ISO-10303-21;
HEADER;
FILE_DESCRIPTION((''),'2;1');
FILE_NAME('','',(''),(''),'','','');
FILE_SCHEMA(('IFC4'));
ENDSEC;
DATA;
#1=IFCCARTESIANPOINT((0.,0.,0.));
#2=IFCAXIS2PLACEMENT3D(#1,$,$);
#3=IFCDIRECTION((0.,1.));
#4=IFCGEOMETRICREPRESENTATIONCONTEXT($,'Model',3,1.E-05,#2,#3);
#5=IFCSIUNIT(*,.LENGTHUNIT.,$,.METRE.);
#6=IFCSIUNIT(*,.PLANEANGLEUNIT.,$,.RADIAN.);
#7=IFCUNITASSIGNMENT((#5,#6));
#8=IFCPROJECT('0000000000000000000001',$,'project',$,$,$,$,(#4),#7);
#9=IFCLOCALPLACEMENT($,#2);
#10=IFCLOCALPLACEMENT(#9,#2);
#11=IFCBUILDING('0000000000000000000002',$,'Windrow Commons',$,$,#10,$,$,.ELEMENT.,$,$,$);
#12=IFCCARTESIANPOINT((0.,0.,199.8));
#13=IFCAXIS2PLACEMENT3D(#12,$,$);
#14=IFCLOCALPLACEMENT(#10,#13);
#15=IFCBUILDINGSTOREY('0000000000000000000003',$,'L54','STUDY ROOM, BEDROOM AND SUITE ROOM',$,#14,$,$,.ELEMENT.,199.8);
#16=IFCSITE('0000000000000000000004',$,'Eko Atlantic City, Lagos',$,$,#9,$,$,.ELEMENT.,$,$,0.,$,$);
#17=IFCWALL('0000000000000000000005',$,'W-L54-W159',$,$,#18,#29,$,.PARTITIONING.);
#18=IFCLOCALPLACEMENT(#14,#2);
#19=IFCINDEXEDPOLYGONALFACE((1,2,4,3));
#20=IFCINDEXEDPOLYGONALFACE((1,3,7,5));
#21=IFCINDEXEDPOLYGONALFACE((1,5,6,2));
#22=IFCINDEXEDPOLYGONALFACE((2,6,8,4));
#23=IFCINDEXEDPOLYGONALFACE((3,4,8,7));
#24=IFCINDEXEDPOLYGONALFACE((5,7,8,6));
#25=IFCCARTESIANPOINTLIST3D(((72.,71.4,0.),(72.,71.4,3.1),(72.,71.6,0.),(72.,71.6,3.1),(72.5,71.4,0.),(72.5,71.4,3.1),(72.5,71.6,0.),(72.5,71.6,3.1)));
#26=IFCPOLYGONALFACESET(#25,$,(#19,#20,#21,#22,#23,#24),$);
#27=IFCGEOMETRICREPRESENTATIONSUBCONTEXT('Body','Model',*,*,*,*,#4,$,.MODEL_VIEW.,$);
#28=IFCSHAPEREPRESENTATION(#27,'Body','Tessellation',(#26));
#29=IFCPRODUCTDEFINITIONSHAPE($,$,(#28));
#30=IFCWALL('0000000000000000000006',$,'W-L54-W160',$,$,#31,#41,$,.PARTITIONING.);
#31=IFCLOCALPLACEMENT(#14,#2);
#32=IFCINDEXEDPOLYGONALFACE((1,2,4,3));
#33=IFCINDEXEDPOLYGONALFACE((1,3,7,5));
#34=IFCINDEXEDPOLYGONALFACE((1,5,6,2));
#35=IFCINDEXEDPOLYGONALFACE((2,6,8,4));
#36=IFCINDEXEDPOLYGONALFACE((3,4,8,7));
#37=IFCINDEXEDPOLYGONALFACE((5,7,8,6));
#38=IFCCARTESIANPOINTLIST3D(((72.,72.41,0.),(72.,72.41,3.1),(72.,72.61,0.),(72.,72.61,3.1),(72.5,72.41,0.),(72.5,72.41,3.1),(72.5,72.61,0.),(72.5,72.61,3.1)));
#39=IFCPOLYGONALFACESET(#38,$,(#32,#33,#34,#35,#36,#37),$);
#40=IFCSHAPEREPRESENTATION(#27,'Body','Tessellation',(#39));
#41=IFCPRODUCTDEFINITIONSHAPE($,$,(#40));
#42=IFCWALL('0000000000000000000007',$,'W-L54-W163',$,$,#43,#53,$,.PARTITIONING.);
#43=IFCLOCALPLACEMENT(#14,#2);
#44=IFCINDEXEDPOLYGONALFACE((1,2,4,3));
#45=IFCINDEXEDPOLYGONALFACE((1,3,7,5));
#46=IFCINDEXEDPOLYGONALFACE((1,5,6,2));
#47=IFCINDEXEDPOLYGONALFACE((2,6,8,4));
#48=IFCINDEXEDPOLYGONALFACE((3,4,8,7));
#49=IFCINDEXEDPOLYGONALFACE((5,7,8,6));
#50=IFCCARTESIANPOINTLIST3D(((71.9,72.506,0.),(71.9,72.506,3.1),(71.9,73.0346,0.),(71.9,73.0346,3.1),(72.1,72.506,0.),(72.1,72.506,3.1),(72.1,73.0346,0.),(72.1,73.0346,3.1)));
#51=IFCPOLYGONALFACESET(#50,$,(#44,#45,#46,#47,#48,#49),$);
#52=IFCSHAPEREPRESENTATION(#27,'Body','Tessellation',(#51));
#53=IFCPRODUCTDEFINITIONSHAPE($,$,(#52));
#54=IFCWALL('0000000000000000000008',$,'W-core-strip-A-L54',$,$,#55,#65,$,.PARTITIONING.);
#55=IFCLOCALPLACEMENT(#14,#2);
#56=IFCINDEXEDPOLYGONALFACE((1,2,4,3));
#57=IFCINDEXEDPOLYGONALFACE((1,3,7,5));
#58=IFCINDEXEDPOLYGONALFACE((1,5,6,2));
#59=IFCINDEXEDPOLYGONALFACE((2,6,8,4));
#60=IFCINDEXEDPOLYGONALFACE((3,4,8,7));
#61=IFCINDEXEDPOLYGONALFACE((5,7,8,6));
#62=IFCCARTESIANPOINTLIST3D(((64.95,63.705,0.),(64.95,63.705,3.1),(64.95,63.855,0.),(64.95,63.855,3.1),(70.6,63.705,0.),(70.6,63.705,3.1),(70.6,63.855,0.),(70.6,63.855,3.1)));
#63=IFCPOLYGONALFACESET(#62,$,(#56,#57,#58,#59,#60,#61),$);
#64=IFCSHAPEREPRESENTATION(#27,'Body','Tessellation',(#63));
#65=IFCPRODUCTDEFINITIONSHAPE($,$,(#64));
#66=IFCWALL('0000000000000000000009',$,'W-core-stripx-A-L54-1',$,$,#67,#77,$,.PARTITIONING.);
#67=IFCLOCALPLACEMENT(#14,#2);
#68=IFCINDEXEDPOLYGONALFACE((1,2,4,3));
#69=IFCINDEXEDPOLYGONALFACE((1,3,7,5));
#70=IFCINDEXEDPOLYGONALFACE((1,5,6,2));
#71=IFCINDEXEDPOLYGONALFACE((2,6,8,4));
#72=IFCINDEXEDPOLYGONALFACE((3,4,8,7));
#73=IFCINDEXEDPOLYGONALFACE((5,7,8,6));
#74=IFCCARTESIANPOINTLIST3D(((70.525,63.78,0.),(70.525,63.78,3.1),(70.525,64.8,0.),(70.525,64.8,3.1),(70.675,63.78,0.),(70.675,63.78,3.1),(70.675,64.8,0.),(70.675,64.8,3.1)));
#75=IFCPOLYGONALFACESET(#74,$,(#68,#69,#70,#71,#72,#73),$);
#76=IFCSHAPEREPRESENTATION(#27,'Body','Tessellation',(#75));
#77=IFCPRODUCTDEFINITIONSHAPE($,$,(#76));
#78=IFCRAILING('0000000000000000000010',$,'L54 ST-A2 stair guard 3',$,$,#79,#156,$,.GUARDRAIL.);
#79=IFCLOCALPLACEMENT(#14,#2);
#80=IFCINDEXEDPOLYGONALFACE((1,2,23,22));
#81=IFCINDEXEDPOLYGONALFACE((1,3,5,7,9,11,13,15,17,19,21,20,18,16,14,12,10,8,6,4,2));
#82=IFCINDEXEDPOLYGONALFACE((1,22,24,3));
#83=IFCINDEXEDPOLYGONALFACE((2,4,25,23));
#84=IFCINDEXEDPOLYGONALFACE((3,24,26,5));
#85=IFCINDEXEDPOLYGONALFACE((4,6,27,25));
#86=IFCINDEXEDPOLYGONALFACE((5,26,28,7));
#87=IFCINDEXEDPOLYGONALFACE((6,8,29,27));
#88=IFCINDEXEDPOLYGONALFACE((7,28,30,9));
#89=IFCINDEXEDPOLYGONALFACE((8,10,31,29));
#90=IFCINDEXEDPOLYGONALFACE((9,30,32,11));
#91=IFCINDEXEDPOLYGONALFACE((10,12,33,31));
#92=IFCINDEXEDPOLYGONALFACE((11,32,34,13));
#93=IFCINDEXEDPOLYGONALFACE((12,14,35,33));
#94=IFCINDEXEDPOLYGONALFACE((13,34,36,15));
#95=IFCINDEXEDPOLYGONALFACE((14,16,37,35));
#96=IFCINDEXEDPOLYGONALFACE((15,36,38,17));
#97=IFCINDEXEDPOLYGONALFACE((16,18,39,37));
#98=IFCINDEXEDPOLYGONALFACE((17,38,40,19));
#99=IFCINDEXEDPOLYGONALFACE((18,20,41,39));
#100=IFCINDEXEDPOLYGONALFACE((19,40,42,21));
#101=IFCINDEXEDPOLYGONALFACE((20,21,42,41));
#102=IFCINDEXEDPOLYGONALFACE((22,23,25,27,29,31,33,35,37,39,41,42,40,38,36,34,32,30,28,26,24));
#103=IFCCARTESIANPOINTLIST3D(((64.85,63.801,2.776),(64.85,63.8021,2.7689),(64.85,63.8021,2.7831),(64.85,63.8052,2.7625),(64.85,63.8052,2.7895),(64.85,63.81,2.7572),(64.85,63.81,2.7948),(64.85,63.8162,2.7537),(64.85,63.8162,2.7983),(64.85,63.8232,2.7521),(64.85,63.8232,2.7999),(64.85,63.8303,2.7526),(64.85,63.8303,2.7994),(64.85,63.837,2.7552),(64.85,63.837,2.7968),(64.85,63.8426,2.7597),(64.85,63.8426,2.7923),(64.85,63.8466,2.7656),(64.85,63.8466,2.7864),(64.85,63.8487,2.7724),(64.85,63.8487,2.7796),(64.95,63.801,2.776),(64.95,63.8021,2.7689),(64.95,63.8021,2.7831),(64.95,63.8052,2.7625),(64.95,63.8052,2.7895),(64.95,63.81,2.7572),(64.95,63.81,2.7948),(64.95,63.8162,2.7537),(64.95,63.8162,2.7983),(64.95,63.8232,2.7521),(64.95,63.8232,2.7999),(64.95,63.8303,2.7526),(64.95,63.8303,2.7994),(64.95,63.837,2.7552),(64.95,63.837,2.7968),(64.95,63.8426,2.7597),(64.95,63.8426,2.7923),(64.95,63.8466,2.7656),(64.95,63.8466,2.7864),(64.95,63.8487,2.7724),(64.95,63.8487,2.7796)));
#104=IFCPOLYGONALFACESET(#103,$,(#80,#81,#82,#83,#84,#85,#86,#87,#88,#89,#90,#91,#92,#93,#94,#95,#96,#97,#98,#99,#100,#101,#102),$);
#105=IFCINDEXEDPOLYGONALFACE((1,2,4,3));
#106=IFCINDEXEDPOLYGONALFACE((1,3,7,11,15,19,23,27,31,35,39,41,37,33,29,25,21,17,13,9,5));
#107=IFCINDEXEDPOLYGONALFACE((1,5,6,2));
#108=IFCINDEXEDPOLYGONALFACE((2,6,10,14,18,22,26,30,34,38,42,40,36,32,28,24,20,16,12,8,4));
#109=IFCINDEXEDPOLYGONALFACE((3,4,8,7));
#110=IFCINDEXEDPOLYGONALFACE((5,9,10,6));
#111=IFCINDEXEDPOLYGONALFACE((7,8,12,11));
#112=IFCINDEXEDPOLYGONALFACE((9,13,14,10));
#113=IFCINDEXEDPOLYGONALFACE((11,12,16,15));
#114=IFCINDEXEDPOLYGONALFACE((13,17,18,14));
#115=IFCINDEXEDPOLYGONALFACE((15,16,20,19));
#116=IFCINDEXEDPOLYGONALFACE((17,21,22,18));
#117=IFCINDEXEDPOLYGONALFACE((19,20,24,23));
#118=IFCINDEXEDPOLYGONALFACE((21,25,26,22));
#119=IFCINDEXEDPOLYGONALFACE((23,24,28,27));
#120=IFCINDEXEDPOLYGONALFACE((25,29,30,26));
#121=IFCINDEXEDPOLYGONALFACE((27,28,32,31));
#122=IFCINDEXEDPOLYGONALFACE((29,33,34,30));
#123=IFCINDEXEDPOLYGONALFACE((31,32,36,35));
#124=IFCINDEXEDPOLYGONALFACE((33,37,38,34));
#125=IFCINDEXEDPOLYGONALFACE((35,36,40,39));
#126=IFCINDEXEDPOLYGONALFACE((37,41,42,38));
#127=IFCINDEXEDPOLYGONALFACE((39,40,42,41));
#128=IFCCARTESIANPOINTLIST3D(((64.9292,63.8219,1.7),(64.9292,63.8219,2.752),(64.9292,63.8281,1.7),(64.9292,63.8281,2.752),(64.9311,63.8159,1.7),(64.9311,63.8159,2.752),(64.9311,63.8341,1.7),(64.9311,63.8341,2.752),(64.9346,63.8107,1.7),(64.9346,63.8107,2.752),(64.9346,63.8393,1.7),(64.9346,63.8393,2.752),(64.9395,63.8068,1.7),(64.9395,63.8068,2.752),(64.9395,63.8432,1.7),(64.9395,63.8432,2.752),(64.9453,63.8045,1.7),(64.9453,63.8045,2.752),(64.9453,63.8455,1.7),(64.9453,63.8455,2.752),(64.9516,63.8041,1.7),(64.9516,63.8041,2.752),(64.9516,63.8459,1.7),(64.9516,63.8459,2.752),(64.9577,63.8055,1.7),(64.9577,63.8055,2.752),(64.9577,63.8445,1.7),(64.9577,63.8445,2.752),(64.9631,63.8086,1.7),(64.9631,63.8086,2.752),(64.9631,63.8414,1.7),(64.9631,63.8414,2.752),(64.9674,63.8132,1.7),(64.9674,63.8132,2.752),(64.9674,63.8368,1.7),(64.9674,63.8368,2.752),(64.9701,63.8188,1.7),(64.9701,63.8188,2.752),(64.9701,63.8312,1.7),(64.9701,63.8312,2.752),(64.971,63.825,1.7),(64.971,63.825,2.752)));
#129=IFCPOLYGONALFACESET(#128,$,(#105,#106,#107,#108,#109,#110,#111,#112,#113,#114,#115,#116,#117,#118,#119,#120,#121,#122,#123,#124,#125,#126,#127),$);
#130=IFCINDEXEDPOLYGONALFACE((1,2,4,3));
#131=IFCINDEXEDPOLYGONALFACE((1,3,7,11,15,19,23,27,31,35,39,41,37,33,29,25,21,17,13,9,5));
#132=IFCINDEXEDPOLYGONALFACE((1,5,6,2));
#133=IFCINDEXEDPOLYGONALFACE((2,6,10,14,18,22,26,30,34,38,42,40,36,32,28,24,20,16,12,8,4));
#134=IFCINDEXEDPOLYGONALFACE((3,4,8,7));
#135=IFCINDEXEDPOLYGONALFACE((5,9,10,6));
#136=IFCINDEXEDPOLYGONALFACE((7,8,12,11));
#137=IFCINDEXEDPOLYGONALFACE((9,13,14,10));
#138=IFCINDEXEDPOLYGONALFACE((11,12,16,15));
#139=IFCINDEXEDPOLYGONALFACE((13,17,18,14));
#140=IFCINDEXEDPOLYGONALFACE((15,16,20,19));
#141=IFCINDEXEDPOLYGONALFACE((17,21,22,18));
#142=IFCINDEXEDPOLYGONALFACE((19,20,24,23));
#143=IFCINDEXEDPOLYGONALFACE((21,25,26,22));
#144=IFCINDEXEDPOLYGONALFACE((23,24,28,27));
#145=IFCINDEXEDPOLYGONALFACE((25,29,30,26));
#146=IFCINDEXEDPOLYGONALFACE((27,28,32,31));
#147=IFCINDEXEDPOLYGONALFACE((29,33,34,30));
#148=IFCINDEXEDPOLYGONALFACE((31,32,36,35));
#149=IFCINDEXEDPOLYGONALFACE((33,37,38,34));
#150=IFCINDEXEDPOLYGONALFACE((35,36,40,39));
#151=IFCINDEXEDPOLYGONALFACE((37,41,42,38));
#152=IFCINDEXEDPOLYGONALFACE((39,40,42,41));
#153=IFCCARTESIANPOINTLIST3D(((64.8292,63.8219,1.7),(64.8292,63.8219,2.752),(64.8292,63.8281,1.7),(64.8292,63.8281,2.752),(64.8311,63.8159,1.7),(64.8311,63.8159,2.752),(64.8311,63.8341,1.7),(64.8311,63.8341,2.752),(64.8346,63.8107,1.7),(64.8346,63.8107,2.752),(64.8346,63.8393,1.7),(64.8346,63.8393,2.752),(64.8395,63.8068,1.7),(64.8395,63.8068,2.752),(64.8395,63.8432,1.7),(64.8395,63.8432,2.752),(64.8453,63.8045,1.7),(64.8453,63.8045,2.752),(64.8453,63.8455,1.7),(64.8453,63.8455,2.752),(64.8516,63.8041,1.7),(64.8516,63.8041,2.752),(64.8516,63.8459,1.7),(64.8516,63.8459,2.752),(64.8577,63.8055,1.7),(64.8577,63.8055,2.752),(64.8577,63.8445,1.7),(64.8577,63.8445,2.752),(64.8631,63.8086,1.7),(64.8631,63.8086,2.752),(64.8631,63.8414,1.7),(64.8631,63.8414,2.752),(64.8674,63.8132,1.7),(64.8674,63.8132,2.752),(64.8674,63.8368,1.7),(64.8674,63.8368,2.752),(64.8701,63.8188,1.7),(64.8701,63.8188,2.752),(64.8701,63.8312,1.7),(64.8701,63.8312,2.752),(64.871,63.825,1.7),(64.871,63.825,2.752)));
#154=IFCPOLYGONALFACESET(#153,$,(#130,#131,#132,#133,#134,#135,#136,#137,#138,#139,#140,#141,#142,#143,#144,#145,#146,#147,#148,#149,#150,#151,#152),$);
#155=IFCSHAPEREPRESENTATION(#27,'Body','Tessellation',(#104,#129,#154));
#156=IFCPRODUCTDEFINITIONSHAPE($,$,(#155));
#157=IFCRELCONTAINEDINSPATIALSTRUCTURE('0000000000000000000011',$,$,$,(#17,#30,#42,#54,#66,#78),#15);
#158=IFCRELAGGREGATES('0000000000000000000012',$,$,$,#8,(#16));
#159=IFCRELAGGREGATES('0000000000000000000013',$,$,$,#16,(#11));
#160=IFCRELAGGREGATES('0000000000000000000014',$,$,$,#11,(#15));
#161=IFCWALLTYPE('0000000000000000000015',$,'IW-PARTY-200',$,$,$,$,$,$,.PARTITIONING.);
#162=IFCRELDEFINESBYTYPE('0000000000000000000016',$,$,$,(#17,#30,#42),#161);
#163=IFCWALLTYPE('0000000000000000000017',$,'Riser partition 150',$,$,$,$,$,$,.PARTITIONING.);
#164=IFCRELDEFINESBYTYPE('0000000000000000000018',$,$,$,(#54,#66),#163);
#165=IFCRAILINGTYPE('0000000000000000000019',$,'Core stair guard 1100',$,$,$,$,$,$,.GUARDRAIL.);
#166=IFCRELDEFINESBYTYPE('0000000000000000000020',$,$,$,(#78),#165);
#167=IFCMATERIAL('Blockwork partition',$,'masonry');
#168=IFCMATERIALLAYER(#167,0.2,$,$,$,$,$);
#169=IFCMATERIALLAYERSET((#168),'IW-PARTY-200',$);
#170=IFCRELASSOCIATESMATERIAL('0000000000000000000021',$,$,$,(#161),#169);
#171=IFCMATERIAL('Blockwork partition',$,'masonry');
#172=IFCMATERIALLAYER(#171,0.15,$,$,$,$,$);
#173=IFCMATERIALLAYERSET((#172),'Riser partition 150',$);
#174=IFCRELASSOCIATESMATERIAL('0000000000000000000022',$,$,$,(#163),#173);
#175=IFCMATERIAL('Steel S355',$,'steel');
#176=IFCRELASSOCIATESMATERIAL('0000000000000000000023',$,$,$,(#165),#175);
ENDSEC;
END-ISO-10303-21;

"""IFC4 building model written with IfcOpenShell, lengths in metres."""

from ifc_helpers import new_model, si_unit, direction, frame, frame_2d, origin, origin_2d, place, context, subcontext, project, spatial, rectangle, circle, extrude, material, layer, layer_set, type_object, element, save


model = new_model("IFC4")

# Units and contexts
model_context = context("Model", 3, precision=1e-05, world=origin(), true_north=direction((0.0, 1.0)))
body_context = subcontext(model_context, "Body", "Model", "MODEL_VIEW")
ifc_project = project(units=[si_unit("LENGTHUNIT", "METRE"), si_unit("PLANEANGLEUNIT", "RADIAN")], contexts=[model_context])

# Site, building, storey
site_placement = place(None, origin())
site = spatial("IfcSite", under=ifc_project, at=site_placement, Name="Eko Atlantic City, Lagos", CompositionType="ELEMENT", RefElevation=0.0)
building_placement = place(site_placement, origin())
building = spatial("IfcBuilding", under=site, at=building_placement, Name="Windrow Commons", CompositionType="ELEMENT")
storey_placement = place(building_placement, frame((0.0, 0.0, 199.8)))
storey = spatial("IfcBuildingStorey", under=building, at=storey_placement, Name="L54", Description="STUDY ROOM, BEDROOM AND SUITE ROOM", CompositionType="ELEMENT", Elevation=199.8)

# Walls
ifc_material_1 = material(Name="Blockwork partition", Category="masonry")
ifc_layer_1 = layer(ifc_material_1, 0.2)
ifc_layer_set_1 = layer_set([ifc_layer_1], Name="IW-PARTY-200")
wall_type_1 = type_object("IfcWallType", Name="IW-PARTY-200", PredefinedType="PARTITIONING", material=ifc_layer_set_1)
for number, where, z_axis, x_axis, name in (
    (1, (72.0, 71.5, 0.0), (0.0, 0.0, 1.0), (1.0, 0.0, 0.0), "W-L54-W159"),
    (2, (72.0, 72.51, 0.0), (0.0, 0.0, 1.0), (1.0, 0.0, 0.0), "W-L54-W160"),
):
    element("IfcWall", number, at=place(storey_placement, frame(where, z_axis=z_axis, x_axis=x_axis)), inside=storey, type_object=wall_type_1, Name=name, PredefinedType="PARTITIONING", context=body_context, shape_type="SweptSolid", body=[
        extrude(rectangle(XDim=0.5, YDim=0.2, at=frame_2d((0.25, 0.0))), origin(), (0.0, 0.0, 1.0), 3.1),
    ])
wall_1_placement = place(storey_placement, frame((72.0, 72.506, 0.0), z_axis=(0.0, 0.0, 1.0), x_axis=(0.0, 1.0, 0.0)))
element("IfcWall", 3, at=wall_1_placement, inside=storey, type_object=wall_type_1, Name="W-L54-W163", PredefinedType="PARTITIONING", context=body_context, shape_type="SweptSolid", body=[
    extrude(rectangle(XDim=0.5287, YDim=0.2, at=frame_2d((0.2643, 0.0))), origin(), (0.0, 0.0, 1.0), 3.1),
])
ifc_material_2 = material(Name="Blockwork partition", Category="masonry")
ifc_layer_2 = layer(ifc_material_2, 0.15)
ifc_layer_set_2 = layer_set([ifc_layer_2], Name="Riser partition 150")
wall_type_2 = type_object("IfcWallType", Name="Riser partition 150", PredefinedType="PARTITIONING", material=ifc_layer_set_2)
wall_2_placement = place(storey_placement, frame((64.95, 63.78, 0.0), z_axis=(0.0, 0.0, 1.0), x_axis=(1.0, 0.0, 0.0)))
element("IfcWall", 4, at=wall_2_placement, inside=storey, type_object=wall_type_2, Name="W-core-strip-A-L54", PredefinedType="PARTITIONING", context=body_context, shape_type="SweptSolid", body=[
    extrude(rectangle(XDim=5.65, YDim=0.15, at=frame_2d((2.825, 0.0))), origin(), (0.0, 0.0, 1.0), 3.1),
])
wall_3_placement = place(storey_placement, frame((70.6, 63.78, 0.0), z_axis=(0.0, 0.0, 1.0), x_axis=(0.0, 1.0, 0.0)))
element("IfcWall", 5, at=wall_3_placement, inside=storey, type_object=wall_type_2, Name="W-core-stripx-A-L54-1", PredefinedType="PARTITIONING", context=body_context, shape_type="SweptSolid", body=[
    extrude(rectangle(XDim=1.02, YDim=0.15, at=frame_2d((0.51, 0.0))), origin(), (0.0, 0.0, 1.0), 3.1),
])

# Railing
ifc_material_3 = material(Name="Steel S355", Category="steel")
railing_type = type_object("IfcRailingType", Name="Core stair guard 1100", PredefinedType="GUARDRAIL", material=ifc_material_3)
railing_placement = place(storey_placement, frame((64.95, 63.825, 1.7)))
element("IfcRailing", 6, at=railing_placement, inside=storey, type_object=railing_type, Name="L54 ST-A2 stair guard 3", PredefinedType="GUARDRAIL", context=body_context, shape_type="SweptSolid", body=[
    extrude(circle(Radius=0.024, at=origin_2d()), frame((0.0, 0.0, 1.076), z_axis=(-1.0, 0.0, 0.0), x_axis=(0.0, -1.0, 0.0)), (0.0, 0.0, 1.0), 0.1),
    extrude(circle(Radius=0.021, at=origin_2d()), origin(), (0.0, 0.0, 1.0), 1.052),
    extrude(circle(Radius=0.021, at=origin_2d()), frame((-0.1, 0.0, 0.0)), (0.0, 0.0, 1.0), 1.052),
])

save(model, "model.ifc")
